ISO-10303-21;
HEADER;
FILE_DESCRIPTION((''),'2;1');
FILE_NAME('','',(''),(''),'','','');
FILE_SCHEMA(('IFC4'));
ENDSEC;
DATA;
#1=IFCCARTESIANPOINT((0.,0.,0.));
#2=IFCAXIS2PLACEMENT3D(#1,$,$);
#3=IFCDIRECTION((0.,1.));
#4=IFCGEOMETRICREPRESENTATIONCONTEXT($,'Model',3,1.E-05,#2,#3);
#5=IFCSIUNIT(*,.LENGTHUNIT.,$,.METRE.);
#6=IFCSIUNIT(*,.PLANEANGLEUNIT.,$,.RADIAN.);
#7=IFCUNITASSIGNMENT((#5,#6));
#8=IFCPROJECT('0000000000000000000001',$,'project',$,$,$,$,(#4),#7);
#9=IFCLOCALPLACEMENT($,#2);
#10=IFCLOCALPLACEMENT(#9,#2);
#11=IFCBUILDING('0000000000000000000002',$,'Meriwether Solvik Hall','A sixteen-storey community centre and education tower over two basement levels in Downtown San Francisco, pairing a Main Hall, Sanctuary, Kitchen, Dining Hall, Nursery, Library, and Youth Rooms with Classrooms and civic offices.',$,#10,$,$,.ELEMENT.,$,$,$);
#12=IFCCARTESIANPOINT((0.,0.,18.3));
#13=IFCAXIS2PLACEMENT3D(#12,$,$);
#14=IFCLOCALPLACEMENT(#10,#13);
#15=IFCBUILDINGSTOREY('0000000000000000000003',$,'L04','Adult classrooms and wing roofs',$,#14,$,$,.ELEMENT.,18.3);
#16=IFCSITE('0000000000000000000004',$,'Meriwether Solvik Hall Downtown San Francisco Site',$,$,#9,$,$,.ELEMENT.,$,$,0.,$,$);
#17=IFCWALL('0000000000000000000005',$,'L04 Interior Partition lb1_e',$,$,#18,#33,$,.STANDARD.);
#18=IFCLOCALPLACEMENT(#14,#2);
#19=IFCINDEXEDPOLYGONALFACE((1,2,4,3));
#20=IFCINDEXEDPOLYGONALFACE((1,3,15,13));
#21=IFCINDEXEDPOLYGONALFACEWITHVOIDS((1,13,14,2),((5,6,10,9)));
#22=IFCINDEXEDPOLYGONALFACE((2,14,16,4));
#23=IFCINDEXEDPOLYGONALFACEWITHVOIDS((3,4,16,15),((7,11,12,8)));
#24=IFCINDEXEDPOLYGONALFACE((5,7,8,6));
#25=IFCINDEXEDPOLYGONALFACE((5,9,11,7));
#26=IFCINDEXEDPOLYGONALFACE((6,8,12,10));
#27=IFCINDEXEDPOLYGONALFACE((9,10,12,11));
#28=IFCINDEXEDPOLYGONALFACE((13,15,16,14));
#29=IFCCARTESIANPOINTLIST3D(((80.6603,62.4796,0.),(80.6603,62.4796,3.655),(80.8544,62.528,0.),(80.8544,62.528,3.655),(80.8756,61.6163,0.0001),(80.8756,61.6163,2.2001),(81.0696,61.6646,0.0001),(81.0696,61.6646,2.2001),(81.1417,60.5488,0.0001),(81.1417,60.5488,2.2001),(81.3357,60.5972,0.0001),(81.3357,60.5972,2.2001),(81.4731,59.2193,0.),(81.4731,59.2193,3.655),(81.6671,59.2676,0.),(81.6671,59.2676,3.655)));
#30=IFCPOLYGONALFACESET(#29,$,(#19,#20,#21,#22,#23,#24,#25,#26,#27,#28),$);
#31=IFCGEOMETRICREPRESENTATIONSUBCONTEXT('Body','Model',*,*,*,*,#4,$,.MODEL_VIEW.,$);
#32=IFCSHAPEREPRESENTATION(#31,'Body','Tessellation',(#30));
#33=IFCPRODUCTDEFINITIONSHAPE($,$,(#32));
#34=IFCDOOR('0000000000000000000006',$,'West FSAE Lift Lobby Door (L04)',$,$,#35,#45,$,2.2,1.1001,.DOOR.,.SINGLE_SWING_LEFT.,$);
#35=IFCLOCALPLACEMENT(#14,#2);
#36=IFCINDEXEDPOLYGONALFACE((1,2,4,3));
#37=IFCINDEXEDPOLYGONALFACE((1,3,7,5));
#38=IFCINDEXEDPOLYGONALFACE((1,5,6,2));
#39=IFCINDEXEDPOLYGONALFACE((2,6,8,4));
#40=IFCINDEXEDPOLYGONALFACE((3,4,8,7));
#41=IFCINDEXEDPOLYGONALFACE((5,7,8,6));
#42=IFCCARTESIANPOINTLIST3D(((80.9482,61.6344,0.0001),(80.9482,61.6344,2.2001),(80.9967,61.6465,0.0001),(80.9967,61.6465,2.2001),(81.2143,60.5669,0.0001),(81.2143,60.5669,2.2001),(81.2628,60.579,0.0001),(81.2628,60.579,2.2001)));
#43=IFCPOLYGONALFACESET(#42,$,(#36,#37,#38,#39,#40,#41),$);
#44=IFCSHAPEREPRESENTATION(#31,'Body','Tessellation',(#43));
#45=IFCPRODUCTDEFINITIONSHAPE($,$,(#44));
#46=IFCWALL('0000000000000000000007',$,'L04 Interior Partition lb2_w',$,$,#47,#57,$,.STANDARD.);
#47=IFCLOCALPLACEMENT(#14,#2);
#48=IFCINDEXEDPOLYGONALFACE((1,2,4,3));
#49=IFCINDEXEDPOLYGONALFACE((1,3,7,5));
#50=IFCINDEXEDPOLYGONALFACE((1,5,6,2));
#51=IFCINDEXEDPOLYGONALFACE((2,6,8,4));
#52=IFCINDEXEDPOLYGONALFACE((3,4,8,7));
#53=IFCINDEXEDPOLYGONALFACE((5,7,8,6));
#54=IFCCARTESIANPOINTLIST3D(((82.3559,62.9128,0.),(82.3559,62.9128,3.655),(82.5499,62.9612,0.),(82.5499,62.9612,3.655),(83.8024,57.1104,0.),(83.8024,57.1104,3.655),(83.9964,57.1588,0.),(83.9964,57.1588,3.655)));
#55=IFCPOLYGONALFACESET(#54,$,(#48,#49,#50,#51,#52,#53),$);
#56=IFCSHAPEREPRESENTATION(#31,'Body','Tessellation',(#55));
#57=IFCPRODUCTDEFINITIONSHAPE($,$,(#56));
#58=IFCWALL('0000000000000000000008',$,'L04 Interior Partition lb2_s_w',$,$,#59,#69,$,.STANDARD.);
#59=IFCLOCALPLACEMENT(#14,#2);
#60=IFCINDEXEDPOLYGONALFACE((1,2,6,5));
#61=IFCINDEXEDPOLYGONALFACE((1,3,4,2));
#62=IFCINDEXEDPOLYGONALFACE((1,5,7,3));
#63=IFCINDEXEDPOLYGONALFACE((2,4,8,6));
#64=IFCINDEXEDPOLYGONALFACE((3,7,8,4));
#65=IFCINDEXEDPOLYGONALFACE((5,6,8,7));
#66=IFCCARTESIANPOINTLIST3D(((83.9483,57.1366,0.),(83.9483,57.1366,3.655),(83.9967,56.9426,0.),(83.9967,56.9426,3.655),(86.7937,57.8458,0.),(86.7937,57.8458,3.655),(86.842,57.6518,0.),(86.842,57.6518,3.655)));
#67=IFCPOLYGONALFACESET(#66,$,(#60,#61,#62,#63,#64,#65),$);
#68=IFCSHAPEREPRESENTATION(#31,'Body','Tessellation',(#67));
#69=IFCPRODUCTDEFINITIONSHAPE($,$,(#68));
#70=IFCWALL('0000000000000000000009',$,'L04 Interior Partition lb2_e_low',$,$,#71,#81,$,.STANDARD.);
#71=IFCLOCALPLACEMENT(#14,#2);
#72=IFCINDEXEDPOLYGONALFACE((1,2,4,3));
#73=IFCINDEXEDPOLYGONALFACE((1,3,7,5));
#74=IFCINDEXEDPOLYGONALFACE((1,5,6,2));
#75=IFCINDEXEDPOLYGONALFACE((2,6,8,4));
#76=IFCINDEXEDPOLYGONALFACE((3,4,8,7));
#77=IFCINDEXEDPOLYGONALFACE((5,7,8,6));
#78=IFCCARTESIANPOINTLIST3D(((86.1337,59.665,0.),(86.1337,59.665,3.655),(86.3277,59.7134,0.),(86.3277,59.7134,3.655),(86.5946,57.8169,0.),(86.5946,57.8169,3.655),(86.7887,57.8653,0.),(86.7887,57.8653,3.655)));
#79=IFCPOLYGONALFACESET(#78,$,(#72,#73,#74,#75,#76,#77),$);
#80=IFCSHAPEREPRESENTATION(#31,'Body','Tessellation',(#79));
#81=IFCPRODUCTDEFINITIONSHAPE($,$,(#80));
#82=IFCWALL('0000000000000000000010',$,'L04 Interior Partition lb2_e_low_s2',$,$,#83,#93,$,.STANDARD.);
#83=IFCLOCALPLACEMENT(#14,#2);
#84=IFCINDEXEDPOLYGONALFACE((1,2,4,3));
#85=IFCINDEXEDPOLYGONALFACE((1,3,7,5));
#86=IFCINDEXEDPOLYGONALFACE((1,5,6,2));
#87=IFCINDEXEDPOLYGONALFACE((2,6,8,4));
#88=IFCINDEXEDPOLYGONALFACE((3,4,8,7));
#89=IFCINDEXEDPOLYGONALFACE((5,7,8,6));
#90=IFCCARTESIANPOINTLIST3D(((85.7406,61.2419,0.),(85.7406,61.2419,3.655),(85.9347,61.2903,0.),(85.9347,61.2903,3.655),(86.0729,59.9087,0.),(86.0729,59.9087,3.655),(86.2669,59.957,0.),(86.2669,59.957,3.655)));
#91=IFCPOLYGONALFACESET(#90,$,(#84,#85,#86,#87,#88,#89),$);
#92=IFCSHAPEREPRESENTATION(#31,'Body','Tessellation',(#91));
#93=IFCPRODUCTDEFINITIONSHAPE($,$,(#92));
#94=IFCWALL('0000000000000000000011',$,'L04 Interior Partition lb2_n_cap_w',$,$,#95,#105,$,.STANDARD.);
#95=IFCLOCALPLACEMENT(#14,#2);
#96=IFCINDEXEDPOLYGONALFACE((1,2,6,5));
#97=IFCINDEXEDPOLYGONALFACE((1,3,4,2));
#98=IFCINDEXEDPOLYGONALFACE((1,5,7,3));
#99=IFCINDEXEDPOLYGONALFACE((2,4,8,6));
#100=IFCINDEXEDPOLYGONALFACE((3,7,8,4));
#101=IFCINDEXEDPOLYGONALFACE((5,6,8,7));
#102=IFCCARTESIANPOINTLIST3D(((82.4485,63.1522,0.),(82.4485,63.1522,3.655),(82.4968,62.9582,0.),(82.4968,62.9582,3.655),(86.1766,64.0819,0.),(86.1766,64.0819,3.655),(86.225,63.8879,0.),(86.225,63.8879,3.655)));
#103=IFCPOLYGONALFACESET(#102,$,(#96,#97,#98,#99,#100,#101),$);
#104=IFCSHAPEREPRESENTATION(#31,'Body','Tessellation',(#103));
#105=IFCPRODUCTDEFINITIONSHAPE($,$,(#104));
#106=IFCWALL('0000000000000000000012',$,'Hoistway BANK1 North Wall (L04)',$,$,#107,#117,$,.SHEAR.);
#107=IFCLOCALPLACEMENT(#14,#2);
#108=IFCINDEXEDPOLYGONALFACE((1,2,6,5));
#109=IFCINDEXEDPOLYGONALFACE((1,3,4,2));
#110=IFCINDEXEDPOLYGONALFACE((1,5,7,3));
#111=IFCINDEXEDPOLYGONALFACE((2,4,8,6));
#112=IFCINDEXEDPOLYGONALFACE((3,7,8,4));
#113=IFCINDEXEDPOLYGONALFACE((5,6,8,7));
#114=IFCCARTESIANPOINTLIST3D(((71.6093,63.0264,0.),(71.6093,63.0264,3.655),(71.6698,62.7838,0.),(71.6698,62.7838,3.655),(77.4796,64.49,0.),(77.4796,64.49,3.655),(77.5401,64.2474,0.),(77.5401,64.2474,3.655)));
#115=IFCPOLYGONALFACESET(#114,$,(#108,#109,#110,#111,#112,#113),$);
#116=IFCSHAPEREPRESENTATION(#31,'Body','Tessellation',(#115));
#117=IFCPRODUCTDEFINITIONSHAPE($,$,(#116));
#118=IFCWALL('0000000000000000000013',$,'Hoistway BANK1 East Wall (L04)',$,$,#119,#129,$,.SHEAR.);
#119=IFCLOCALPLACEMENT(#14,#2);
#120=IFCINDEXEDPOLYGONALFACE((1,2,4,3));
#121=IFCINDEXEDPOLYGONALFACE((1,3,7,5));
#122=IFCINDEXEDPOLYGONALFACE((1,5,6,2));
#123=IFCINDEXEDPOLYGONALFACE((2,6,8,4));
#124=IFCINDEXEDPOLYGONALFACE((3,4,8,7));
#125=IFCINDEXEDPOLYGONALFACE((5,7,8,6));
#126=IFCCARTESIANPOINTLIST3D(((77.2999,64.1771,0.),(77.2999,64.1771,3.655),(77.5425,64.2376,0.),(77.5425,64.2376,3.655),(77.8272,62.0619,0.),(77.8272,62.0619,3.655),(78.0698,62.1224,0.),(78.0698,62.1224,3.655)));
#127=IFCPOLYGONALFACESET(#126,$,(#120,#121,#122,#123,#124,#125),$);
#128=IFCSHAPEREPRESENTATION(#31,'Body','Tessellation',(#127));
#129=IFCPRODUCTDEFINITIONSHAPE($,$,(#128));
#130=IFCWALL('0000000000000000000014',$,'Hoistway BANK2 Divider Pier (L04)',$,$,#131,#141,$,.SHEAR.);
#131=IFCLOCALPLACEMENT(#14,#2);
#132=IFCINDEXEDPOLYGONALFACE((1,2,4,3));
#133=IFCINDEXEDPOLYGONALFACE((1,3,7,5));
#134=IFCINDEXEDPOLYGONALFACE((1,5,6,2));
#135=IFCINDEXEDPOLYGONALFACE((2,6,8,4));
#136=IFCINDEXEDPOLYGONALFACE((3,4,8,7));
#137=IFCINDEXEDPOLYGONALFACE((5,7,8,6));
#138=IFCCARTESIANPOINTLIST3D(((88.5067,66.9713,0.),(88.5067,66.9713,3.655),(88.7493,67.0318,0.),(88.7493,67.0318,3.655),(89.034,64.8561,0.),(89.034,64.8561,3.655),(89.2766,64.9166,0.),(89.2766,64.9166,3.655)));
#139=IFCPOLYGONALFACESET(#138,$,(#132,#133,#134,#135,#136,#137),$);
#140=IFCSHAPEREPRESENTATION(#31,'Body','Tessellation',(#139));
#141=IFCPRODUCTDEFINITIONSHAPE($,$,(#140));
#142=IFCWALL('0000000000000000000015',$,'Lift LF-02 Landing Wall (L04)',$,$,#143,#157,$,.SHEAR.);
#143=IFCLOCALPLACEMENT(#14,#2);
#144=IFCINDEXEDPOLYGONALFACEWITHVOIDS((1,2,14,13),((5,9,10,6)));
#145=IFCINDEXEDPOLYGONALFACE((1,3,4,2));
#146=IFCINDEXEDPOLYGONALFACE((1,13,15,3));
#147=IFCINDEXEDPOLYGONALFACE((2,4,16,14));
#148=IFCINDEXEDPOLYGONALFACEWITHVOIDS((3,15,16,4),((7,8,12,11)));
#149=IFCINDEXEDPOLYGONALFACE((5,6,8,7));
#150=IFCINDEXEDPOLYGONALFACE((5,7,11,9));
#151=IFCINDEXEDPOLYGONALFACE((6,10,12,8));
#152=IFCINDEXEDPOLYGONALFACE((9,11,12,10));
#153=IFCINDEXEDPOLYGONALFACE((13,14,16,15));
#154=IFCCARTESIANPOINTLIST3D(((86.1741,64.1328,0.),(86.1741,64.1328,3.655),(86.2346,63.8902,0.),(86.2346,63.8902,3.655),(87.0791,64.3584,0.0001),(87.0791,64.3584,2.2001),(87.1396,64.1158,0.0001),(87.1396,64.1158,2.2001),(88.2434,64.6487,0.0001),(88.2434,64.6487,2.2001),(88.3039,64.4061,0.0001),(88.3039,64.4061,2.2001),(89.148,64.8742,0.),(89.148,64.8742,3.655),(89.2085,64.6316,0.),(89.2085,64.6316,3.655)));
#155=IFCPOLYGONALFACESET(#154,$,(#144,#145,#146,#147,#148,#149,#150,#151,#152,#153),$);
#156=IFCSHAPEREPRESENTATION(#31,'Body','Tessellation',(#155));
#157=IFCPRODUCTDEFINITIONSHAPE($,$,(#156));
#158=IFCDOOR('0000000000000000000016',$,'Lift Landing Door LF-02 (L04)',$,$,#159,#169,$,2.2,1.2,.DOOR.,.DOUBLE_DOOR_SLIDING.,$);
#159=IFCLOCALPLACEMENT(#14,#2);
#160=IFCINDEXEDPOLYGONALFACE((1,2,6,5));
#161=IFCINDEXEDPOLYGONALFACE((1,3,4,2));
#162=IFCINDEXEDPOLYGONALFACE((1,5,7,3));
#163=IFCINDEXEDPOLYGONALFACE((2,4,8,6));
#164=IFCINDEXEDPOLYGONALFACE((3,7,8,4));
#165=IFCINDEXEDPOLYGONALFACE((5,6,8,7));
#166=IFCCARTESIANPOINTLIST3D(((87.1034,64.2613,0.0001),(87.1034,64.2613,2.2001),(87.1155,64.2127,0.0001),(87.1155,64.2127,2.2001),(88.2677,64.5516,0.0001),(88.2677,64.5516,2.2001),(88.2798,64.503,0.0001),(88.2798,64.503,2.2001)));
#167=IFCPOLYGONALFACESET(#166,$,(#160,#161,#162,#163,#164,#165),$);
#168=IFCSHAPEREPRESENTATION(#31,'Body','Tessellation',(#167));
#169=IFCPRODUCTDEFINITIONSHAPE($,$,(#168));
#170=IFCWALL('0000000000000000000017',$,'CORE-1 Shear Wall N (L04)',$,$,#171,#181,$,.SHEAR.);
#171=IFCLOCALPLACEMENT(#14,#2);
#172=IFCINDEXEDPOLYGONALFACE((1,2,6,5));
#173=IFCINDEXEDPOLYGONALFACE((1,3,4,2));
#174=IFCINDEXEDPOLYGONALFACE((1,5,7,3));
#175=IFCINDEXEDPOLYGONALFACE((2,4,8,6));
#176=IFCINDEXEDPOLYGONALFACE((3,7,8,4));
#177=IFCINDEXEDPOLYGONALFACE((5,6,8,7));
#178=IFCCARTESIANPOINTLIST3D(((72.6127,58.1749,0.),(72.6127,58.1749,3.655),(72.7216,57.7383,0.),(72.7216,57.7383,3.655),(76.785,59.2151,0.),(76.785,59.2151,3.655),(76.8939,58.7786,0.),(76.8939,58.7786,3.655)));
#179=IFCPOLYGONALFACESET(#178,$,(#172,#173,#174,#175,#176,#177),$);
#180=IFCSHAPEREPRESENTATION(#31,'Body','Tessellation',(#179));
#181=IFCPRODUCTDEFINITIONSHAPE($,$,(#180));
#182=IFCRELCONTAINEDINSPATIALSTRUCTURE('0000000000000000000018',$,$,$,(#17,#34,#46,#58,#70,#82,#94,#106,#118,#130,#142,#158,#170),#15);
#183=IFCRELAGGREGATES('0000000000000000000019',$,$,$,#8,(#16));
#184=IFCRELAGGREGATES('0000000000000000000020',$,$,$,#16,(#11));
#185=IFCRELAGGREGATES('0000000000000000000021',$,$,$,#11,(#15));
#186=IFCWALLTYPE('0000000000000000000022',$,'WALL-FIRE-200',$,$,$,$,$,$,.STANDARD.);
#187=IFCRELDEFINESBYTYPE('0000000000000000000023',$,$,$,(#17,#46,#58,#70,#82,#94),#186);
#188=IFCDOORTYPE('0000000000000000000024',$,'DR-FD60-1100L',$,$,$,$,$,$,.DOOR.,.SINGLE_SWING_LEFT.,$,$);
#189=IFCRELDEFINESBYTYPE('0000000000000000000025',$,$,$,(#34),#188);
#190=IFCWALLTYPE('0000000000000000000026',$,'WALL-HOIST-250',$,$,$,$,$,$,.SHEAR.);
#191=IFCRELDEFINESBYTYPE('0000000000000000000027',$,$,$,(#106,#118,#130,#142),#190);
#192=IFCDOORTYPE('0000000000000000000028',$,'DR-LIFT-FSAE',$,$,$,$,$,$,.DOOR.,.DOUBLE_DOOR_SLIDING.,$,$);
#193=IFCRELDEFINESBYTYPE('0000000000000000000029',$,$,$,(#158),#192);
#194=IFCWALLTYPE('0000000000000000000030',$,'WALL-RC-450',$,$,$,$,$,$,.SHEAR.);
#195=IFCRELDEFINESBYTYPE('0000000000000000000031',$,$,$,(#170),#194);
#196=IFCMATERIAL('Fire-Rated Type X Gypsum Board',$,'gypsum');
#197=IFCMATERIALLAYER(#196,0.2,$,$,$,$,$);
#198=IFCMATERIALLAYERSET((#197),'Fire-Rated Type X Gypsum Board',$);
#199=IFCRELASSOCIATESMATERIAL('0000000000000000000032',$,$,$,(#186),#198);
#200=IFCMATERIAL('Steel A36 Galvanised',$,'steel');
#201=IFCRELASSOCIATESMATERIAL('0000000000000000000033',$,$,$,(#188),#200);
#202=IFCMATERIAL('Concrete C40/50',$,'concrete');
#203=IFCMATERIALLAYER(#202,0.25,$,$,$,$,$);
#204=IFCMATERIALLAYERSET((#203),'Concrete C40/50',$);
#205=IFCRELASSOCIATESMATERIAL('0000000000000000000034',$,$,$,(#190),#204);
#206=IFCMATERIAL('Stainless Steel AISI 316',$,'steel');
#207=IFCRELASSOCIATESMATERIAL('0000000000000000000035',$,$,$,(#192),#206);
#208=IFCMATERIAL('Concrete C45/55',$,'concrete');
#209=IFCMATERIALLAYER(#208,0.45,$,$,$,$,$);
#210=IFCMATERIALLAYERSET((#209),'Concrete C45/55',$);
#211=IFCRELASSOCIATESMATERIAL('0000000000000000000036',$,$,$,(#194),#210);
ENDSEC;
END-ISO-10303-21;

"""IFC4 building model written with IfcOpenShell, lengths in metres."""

from ifc_helpers import new_model, si_unit, direction, frame, frame_2d, origin, place, context, subcontext, project, spatial, rectangle, extrude, material, layer, layer_set, type_object, element, fill, save


model = new_model("IFC4")

# Units and contexts
model_context = context("Model", 3, precision=1e-05, world=origin(), true_north=direction((0.0, 1.0)))
body_context = subcontext(model_context, "Body", "Model", "MODEL_VIEW")
ifc_project = project(units=[si_unit("LENGTHUNIT", "METRE"), si_unit("PLANEANGLEUNIT", "RADIAN")], contexts=[model_context])

# Site, building, storey
site_placement = place(None, origin())
site = spatial("IfcSite", under=ifc_project, at=site_placement, Name="Meriwether Solvik Hall Downtown San Francisco Site", CompositionType="ELEMENT", RefElevation=0.0)
building_placement = place(site_placement, origin())
building = spatial("IfcBuilding", under=site, at=building_placement, Name="Meriwether Solvik Hall", Description="A sixteen-storey community centre and education tower over two basement levels in Downtown San Francisco, pairing a Main Hall, Sanctuary, Kitchen, Dining Hall, Nursery, Library, and Youth Rooms with Classrooms and civic offices.", CompositionType="ELEMENT")
storey_placement = place(building_placement, frame((0.0, 0.0, 18.3)))
storey = spatial("IfcBuildingStorey", under=building, at=storey_placement, Name="L04", Description="Adult classrooms and wing roofs", CompositionType="ELEMENT", Elevation=18.3)

# Shared definitions
ifc_material_1 = material(Name="Fire-Rated Type X Gypsum Board", Category="gypsum")
ifc_layer_1 = layer(ifc_material_1, 0.2)
ifc_layer_set_1 = layer_set([ifc_layer_1], Name="Fire-Rated Type X Gypsum Board")
wall_type_1 = type_object("IfcWallType", Name="WALL-FIRE-200", PredefinedType="STANDARD", material=ifc_layer_set_1)

# Wall, opening, door
wall_1_placement = place(storey_placement, frame((80.7573, 62.5039, 0.0), z_axis=(0.0, 0.0, 1.0), x_axis=(0.241886, -0.970305, 0.0)))
wall_1 = element("IfcWall", 1, at=wall_1_placement, inside=storey, type_object=wall_type_1, Name="L04 Interior Partition lb1_e", PredefinedType="STANDARD", context=body_context, shape_type="SweptSolid", body=[
    extrude(rectangle(XDim=3.3601, YDim=0.2, at=frame_2d((1.6802, 0.0))), origin(), (0.0, 0.0, 1.0), 3.655),
])
opening_1_placement = place(wall_1_placement, frame((0.8899, 0.0, 0.0)))
opening_1 = element("IfcOpeningElement", 2, at=opening_1_placement, cuts=wall_1, PredefinedType="OPENING", context=body_context, shape_type="SweptSolid", body=[
    extrude(rectangle(XDim=1.1001, YDim=2.2, at=frame_2d((0.55, 1.1001))), frame((0.0, 0.1118, 0.0), z_axis=(0.0, -1.0, 0.0), x_axis=(1.0, 0.0, 0.0)), (0.0, 0.0, 1.0), 0.2239),
])
ifc_material_2 = material(Name="Steel A36 Galvanised", Category="steel")
door_type_1 = type_object("IfcDoorType", Name="DR-FD60-1100L", OperationType="SINGLE_SWING_LEFT", PredefinedType="DOOR", material=ifc_material_2)
door_1_placement = place(opening_1_placement, origin())
door_1 = element("IfcDoor", 3, at=door_1_placement, inside=storey, type_object=door_type_1, Name="West FSAE Lift Lobby Door (L04)", OperationType="SINGLE_SWING_LEFT", OverallHeight=2.2, OverallWidth=1.1001, PredefinedType="DOOR", context=body_context, shape_type="SweptSolid", body=[
    extrude(rectangle(XDim=1.1001, YDim=2.2, at=frame_2d((0.55, 1.1001))), frame((0.0, 0.0249, 0.0), z_axis=(0.0, -1.0, 0.0), x_axis=(1.0, 0.0, 0.0)), (0.0, 0.0, 1.0), 0.05),
])
fill(opening_1, door_1)

# Walls
wall_2_placement = place(storey_placement, frame((82.4529, 62.937, 0.0), z_axis=(0.0, 0.0, 1.0), x_axis=(0.241892, -0.970303, 0.0)))
element("IfcWall", 4, at=wall_2_placement, inside=storey, type_object=wall_type_1, Name="L04 Interior Partition lb2_w", PredefinedType="STANDARD", context=body_context, shape_type="SweptSolid", body=[
    extrude(rectangle(XDim=5.98, YDim=0.2, at=frame_2d((2.99, 0.0))), origin(), (0.0, 0.0, 1.0), 3.655),
])
wall_3_placement = place(storey_placement, frame((83.9724, 57.0396, 0.0), z_axis=(0.0, 0.0, 1.0), x_axis=(0.970309, 0.241869, 0.0)))
element("IfcWall", 5, at=wall_3_placement, inside=storey, type_object=wall_type_1, Name="L04 Interior Partition lb2_s_w", PredefinedType="STANDARD", context=body_context, shape_type="SweptSolid", body=[
    extrude(rectangle(XDim=2.9324, YDim=0.2, at=frame_2d((1.4663, 0.0))), origin(), (0.0, 0.0, 1.0), 3.655),
])
wall_4_placement = place(storey_placement, frame((86.6917, 57.8411, 0.0), z_axis=(0.0, 0.0, 1.0), x_axis=(-0.241993, 0.970278, 0.0)))
element("IfcWall", 6, at=wall_4_placement, inside=storey, type_object=wall_type_1, Name="L04 Interior Partition lb2_e_low", PredefinedType="STANDARD", context=body_context, shape_type="SweptSolid", body=[
    extrude(rectangle(XDim=1.9048, YDim=0.2, at=frame_2d((0.9524, 0.0))), origin(), (0.0, 0.0, 1.0), 3.655),
])
wall_5_placement = place(storey_placement, frame((86.1699, 59.9329, 0.0), z_axis=(0.0, 0.0, 1.0), x_axis=(-0.241825, 0.97032, 0.0)))
element("IfcWall", 7, at=wall_5_placement, inside=storey, type_object=wall_type_1, Name="L04 Interior Partition lb2_e_low_s2", PredefinedType="STANDARD", context=body_context, shape_type="SweptSolid", body=[
    extrude(rectangle(XDim=1.374, YDim=0.2, at=frame_2d((0.687, 0.0))), origin(), (0.0, 0.0, 1.0), 3.655),
])
wall_6_placement = place(storey_placement, frame((82.4727, 63.0552, 0.0), z_axis=(0.0, 0.0, 1.0), x_axis=(0.970284, 0.241967, 0.0)))
element("IfcWall", 8, at=wall_6_placement, inside=storey, type_object=wall_type_1, Name="L04 Interior Partition lb2_n_cap_w", PredefinedType="STANDARD", context=body_context, shape_type="SweptSolid", body=[
    extrude(rectangle(XDim=3.8423, YDim=0.2, at=frame_2d((1.9211, 0.0))), origin(), (0.0, 0.0, 1.0), 3.655),
])
ifc_material_3 = material(Name="Concrete C40/50", Category="concrete")
ifc_layer_2 = layer(ifc_material_3, 0.25)
ifc_layer_set_2 = layer_set([ifc_layer_2], Name="Concrete C40/50")
wall_type_2 = type_object("IfcWallType", Name="WALL-HOIST-250", PredefinedType="SHEAR", material=ifc_layer_set_2)
wall_7_placement = place(storey_placement, frame((77.5098, 64.3687, 0.0), z_axis=(0.0, 0.0, 1.0), x_axis=(-0.970297, -0.241918, 0.0)))
element("IfcWall", 9, at=wall_7_placement, inside=storey, type_object=wall_type_2, Name="Hoistway BANK1 North Wall (L04)", PredefinedType="SHEAR", context=body_context, shape_type="SweptSolid", body=[
    extrude(rectangle(XDim=6.05, YDim=0.25, at=frame_2d((3.0249, 0.0))), origin(), (0.0, 0.0, 1.0), 3.655),
])
for number, where, z_axis, x_axis, name in (
    (10, (77.9485, 62.0923, 0.0), (0.0, 0.0, 1.0), (-0.241903, 0.9703, 0.0), "Hoistway BANK1 East Wall (L04)"),
    (11, (89.1553, 64.8865, 0.0), (0.0, 0.0, 1.0), (-0.241903, 0.9703, 0.0), "Hoistway BANK2 Divider Pier (L04)"),
):
    element("IfcWall", number, at=place(storey_placement, frame(where, z_axis=z_axis, x_axis=x_axis)), inside=storey, type_object=wall_type_2, Name=name, PredefinedType="SHEAR", context=body_context, shape_type="SweptSolid", body=[
        extrude(rectangle(XDim=2.1799, YDim=0.25, at=frame_2d((1.0898, 0.0))), origin(), (0.0, 0.0, 1.0), 3.655),
    ])

# Wall, opening, door
wall_8_placement = place(storey_placement, frame((86.2043, 64.0115, 0.0), z_axis=(0.0, 0.0, 1.0), x_axis=(0.970297, 0.241917, 0.0)))
wall_8 = element("IfcWall", 12, at=wall_8_placement, inside=storey, type_object=wall_type_2, Name="Lift LF-02 Landing Wall (L04)", PredefinedType="SHEAR", context=body_context, shape_type="SweptSolid", body=[
    extrude(rectangle(XDim=3.0649, YDim=0.25, at=frame_2d((1.5325, 0.0))), origin(), (0.0, 0.0, 1.0), 3.655),
])
opening_2_placement = place(wall_8_placement, frame((0.9326, 0.0, 0.0)))
opening_2 = element("IfcOpeningElement", 13, at=opening_2_placement, cuts=wall_8, PredefinedType="OPENING", context=body_context, shape_type="SweptSolid", body=[
    extrude(rectangle(XDim=1.2, YDim=2.2, at=frame_2d((0.6001, 1.1001))), frame((0.0, 0.137, 0.0), z_axis=(0.0, -1.0, 0.0), x_axis=(1.0, 0.0, 0.0)), (0.0, 0.0, 1.0), 0.2739),
])
ifc_material_4 = material(Name="Stainless Steel AISI 316", Category="steel")
door_type_2 = type_object("IfcDoorType", Name="DR-LIFT-FSAE", OperationType="DOUBLE_DOOR_SLIDING", PredefinedType="DOOR", material=ifc_material_4)
door_2_placement = place(opening_2_placement, origin())
door_2 = element("IfcDoor", 14, at=door_2_placement, inside=storey, type_object=door_type_2, Name="Lift Landing Door LF-02 (L04)", OperationType="DOUBLE_DOOR_SLIDING", OverallHeight=2.2, OverallWidth=1.2, PredefinedType="DOOR", context=body_context, shape_type="SweptSolid", body=[
    extrude(rectangle(XDim=1.2, YDim=2.2, at=frame_2d((0.6001, 1.1001))), frame((0.0, 0.0249, 0.0), z_axis=(0.0, -1.0, 0.0), x_axis=(1.0, 0.0, 0.0)), (0.0, 0.0, 1.0), 0.05),
])
fill(opening_2, door_2)

# Wall
ifc_material_5 = material(Name="Concrete C45/55", Category="concrete")
ifc_layer_3 = layer(ifc_material_5, 0.45)
ifc_layer_set_3 = layer_set([ifc_layer_3], Name="Concrete C45/55")
wall_type_3 = type_object("IfcWallType", Name="WALL-RC-450", PredefinedType="SHEAR", material=ifc_layer_set_3)
wall_9_placement = place(storey_placement, frame((76.8394, 58.9968, 0.0), z_axis=(0.0, 0.0, 1.0), x_axis=(-0.970296, -0.241921, 0.0)))
element("IfcWall", 15, at=wall_9_placement, inside=storey, type_object=wall_type_3, Name="CORE-1 Shear Wall N (L04)", PredefinedType="SHEAR", context=body_context, shape_type="SweptSolid", body=[
    extrude(rectangle(XDim=4.3, YDim=0.45, at=frame_2d((2.1499, 0.0))), origin(), (0.0, 0.0, 1.0), 3.655),
])

save(model, "model.ifc")
